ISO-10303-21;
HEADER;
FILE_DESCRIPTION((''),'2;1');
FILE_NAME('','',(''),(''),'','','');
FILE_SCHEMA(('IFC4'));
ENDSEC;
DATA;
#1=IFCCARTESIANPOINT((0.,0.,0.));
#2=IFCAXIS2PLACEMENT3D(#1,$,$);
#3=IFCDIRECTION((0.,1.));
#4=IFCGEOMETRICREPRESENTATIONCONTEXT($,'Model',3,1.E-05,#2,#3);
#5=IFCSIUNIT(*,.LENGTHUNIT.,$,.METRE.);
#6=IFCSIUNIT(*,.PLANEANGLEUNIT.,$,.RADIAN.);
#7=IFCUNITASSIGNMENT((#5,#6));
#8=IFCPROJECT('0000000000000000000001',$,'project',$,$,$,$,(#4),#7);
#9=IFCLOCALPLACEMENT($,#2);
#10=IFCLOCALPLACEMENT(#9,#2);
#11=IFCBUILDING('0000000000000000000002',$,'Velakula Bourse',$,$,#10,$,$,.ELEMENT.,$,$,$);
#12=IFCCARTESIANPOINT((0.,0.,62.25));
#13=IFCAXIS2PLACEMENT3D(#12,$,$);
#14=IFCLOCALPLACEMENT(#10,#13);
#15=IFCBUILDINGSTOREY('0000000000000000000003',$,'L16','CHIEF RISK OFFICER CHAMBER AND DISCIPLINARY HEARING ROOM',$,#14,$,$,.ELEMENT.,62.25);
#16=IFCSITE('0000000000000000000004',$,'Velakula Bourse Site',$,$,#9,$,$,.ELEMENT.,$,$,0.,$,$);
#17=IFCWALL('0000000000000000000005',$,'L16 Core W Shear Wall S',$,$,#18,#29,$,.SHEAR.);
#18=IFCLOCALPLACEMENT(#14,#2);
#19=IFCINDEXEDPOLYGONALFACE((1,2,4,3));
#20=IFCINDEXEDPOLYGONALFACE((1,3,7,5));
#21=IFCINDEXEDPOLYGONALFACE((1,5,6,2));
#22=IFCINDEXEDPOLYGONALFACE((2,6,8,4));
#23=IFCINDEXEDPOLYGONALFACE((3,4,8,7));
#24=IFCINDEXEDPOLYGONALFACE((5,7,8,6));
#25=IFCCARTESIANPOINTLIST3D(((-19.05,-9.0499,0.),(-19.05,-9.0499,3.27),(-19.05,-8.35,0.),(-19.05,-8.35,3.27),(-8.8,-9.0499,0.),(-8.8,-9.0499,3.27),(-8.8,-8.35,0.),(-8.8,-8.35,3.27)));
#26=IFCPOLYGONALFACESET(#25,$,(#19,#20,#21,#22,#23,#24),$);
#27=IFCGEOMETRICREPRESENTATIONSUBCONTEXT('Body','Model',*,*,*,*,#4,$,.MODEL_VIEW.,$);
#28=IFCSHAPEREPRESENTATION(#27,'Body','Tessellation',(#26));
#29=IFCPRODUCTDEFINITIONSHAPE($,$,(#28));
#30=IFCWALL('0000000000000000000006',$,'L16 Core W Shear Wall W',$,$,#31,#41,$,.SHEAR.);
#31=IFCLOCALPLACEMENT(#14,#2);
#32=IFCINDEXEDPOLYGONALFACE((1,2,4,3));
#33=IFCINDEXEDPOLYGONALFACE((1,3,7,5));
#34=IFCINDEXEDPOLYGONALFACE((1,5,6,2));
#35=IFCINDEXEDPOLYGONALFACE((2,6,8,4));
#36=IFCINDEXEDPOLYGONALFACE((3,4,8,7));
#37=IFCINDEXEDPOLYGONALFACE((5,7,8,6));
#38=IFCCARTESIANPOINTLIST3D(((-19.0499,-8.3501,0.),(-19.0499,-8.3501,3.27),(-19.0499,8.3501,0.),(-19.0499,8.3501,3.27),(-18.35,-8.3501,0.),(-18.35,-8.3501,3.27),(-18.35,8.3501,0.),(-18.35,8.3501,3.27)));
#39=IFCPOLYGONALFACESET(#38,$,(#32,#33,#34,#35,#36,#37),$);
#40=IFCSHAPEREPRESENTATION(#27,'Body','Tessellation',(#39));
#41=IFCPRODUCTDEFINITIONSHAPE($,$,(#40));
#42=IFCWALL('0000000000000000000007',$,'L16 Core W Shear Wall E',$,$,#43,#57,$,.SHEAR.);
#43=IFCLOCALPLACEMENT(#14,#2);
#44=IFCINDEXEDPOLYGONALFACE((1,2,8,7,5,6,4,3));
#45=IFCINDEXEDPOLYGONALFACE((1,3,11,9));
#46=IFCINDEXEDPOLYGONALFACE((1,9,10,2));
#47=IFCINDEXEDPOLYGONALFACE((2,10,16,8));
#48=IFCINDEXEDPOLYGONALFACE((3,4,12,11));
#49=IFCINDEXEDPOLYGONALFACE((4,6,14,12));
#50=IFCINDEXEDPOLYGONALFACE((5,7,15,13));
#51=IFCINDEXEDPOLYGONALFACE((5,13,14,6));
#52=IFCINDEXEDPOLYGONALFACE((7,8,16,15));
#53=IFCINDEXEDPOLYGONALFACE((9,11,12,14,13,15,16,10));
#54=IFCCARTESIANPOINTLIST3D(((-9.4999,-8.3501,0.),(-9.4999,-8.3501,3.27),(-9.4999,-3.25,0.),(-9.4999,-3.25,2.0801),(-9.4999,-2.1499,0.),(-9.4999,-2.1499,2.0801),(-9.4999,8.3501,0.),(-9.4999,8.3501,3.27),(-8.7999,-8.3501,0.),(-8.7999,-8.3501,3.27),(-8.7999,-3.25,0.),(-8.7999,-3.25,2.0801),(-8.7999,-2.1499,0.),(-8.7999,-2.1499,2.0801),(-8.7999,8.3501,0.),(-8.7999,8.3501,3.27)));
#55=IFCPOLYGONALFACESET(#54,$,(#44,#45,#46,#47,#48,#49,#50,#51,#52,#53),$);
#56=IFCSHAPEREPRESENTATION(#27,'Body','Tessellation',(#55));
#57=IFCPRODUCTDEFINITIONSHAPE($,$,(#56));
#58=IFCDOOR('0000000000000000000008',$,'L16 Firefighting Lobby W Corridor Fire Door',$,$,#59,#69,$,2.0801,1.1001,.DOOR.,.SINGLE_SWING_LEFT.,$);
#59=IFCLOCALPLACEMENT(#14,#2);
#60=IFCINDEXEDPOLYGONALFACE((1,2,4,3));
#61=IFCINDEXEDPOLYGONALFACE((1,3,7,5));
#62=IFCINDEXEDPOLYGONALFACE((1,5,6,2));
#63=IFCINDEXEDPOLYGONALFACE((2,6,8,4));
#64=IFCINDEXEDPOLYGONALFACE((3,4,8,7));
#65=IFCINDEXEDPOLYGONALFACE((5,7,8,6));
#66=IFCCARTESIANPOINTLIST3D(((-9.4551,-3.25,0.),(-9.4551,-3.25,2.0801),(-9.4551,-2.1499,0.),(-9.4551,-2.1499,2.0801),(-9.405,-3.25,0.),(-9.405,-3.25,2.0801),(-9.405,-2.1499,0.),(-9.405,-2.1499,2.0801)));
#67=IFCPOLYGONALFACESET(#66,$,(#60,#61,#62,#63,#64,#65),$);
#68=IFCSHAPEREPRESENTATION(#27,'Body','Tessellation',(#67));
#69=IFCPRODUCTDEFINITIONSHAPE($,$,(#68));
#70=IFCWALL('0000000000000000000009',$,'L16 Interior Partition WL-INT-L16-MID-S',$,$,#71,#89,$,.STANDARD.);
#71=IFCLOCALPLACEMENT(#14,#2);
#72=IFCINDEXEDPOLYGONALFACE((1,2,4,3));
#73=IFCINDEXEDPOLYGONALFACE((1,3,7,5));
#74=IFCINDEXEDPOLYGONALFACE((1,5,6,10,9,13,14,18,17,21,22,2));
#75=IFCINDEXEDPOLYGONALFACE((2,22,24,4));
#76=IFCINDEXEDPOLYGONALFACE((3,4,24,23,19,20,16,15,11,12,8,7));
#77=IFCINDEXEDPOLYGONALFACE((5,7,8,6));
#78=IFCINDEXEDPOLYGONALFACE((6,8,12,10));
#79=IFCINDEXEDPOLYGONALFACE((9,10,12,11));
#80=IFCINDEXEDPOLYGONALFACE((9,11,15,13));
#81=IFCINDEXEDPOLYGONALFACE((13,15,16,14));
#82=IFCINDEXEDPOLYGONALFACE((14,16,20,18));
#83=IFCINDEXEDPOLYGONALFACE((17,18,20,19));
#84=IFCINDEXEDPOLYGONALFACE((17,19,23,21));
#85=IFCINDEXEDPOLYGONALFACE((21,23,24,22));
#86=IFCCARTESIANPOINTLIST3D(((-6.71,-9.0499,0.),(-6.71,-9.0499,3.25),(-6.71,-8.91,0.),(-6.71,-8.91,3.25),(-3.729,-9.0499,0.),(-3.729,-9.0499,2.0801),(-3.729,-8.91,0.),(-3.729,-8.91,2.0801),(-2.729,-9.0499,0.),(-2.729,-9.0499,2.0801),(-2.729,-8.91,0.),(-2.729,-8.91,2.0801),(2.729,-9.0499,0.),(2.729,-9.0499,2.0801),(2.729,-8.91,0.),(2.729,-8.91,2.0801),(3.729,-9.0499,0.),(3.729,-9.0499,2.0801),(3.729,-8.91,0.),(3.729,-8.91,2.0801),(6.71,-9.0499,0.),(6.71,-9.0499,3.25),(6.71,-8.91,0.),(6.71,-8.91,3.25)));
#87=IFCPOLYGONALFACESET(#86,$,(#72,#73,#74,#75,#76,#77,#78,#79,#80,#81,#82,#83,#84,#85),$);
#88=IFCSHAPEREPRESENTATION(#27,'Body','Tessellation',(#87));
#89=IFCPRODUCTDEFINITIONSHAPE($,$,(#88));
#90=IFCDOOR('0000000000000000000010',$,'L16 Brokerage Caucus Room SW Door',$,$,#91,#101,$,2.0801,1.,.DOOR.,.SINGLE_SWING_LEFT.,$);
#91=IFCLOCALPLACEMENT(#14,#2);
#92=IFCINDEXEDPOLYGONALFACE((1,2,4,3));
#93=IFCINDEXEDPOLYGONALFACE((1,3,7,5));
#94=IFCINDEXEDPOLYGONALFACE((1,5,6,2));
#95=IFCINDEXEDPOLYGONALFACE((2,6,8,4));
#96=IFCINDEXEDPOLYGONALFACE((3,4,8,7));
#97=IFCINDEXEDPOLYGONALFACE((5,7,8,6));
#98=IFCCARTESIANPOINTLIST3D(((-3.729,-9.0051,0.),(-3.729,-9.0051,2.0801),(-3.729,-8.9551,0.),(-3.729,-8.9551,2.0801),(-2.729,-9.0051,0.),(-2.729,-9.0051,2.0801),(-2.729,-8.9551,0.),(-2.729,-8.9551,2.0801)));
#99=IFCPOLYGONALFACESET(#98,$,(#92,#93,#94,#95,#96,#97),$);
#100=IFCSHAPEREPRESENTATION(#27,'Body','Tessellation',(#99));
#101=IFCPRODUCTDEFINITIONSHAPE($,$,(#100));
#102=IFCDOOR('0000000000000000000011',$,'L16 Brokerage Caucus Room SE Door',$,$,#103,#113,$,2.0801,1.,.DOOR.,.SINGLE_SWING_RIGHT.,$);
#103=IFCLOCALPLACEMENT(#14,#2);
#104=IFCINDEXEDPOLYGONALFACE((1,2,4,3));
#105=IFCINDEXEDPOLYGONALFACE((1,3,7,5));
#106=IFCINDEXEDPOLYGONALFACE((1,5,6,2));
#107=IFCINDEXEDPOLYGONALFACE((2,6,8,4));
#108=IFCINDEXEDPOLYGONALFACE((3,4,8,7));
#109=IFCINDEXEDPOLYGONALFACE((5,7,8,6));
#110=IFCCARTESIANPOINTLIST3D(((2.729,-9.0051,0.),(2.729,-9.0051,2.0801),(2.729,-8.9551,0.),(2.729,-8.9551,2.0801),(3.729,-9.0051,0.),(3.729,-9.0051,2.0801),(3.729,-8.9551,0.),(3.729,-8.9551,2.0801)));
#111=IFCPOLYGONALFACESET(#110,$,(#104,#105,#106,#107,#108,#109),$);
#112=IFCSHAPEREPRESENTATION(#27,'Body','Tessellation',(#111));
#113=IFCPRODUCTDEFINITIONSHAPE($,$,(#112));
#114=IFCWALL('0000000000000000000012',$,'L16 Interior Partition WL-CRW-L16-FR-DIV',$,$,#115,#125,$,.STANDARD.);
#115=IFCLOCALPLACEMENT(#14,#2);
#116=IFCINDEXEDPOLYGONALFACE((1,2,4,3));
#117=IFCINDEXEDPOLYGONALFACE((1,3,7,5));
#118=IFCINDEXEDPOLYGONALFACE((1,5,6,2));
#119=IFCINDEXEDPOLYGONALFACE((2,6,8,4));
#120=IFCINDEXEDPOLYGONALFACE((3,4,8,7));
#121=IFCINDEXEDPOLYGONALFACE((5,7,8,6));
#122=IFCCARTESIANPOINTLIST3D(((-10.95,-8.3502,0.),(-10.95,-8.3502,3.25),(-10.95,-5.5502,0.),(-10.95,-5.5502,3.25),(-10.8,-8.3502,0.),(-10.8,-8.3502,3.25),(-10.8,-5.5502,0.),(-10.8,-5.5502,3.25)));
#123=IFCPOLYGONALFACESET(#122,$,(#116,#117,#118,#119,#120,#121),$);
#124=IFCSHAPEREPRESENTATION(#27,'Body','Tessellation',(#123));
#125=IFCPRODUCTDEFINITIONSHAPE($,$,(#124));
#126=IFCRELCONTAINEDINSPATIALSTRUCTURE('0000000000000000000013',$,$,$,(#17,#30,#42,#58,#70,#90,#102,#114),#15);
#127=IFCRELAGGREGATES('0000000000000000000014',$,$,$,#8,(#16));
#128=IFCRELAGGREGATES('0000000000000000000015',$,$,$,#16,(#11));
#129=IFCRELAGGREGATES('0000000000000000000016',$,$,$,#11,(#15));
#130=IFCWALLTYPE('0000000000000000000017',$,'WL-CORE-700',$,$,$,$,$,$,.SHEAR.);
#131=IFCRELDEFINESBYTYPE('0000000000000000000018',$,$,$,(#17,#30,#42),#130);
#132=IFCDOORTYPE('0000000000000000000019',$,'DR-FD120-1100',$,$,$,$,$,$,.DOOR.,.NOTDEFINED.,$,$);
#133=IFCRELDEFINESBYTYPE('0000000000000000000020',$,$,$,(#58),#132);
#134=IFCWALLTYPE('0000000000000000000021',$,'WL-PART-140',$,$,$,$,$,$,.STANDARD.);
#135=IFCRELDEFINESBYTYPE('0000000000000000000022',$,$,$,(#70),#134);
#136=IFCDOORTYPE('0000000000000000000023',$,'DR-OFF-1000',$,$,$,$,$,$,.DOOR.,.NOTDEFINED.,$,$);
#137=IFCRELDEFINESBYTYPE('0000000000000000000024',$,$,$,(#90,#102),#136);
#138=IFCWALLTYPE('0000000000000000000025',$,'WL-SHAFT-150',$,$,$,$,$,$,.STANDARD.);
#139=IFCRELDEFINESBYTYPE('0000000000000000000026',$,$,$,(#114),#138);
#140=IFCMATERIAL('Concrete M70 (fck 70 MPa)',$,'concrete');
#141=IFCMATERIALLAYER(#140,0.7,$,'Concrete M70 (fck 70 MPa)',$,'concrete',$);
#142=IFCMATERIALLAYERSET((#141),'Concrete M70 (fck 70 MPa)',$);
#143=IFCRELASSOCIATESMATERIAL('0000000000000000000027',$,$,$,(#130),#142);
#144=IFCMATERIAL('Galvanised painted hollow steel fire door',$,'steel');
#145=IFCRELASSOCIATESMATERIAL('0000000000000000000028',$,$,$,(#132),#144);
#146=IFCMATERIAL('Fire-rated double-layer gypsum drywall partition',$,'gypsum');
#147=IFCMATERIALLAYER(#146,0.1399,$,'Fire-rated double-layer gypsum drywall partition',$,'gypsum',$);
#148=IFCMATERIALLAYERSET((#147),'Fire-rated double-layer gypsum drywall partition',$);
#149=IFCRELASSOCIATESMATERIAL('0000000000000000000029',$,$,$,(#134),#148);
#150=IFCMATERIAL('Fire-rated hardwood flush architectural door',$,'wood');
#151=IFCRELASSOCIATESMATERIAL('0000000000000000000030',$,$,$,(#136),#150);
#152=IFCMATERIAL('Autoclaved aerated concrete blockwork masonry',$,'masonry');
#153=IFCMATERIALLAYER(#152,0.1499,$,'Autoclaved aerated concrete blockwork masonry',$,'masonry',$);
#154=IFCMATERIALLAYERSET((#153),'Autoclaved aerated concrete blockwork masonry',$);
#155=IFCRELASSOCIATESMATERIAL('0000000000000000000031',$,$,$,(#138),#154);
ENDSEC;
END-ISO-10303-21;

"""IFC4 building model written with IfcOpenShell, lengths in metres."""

from ifc_helpers import new_model, si_unit, direction, frame, frame_2d, origin, place, context, subcontext, project, spatial, rectangle, extrude, material, layer, layer_set, type_object, element, fill, save


model = new_model("IFC4")

# Units and contexts
model_context = context("Model", 3, precision=1e-05, world=origin(), true_north=direction((0.0, 1.0)))
body_context = subcontext(model_context, "Body", "Model", "MODEL_VIEW")
ifc_project = project(units=[si_unit("LENGTHUNIT", "METRE"), si_unit("PLANEANGLEUNIT", "RADIAN")], contexts=[model_context])

# Site, building, storey
site_placement = place(None, origin())
site = spatial("IfcSite", under=ifc_project, at=site_placement, Name="Velakula Bourse Site", CompositionType="ELEMENT", RefElevation=0.0)
building_placement = place(site_placement, origin())
building = spatial("IfcBuilding", under=site, at=building_placement, Name="Velakula Bourse", CompositionType="ELEMENT")
storey_placement = place(building_placement, frame((0.0, 0.0, 62.25)))
storey = spatial("IfcBuildingStorey", under=building, at=storey_placement, Name="L16", Description="CHIEF RISK OFFICER CHAMBER AND DISCIPLINARY HEARING ROOM", CompositionType="ELEMENT", Elevation=62.25)

# Shared definitions
ifc_material_1 = material(Name="Concrete M70 (fck 70 MPa)", Category="concrete")

# Shared definitions
ifc_material_2 = material(Name="Galvanised painted hollow steel fire door", Category="steel")

# Walls
ifc_layer_1 = layer(ifc_material_1, 0.7, Name="Concrete M70 (fck 70 MPa)", Category="concrete")
ifc_layer_set_1 = layer_set([ifc_layer_1], Name="Concrete M70 (fck 70 MPa)")
wall_type_1 = type_object("IfcWallType", Name="WL-CORE-700", PredefinedType="SHEAR", material=ifc_layer_set_1)
wall_1_placement = place(storey_placement, frame((-19.05, -8.7, 0.0), z_axis=(0.0, 0.0, 1.0), x_axis=(1.0, 0.0, 0.0)))
element("IfcWall", 1, at=wall_1_placement, inside=storey, type_object=wall_type_1, Name="L16 Core W Shear Wall S", PredefinedType="SHEAR", context=body_context, shape_type="SweptSolid", body=[
    extrude(rectangle(XDim=10.25, YDim=0.7, at=frame_2d((5.125, 0.0))), origin(), (0.0, 0.0, 1.0), 3.27),
])
wall_2_placement = place(storey_placement, frame((-18.7, -8.3501, 0.0), z_axis=(0.0, 0.0, 1.0), x_axis=(0.0, 1.0, 0.0)))
element("IfcWall", 2, at=wall_2_placement, inside=storey, type_object=wall_type_1, Name="L16 Core W Shear Wall W", PredefinedType="SHEAR", context=body_context, shape_type="SweptSolid", body=[
    extrude(rectangle(XDim=16.7002, YDim=0.7, at=frame_2d((8.3501, 0.0))), origin(), (0.0, 0.0, 1.0), 3.27),
])

# Wall, opening, door
wall_3_placement = place(storey_placement, frame((-9.1499, -8.3501, 0.0), z_axis=(0.0, 0.0, 1.0), x_axis=(0.0, 1.0, 0.0)))
wall_3 = element("IfcWall", 3, at=wall_3_placement, inside=storey, type_object=wall_type_1, Name="L16 Core W Shear Wall E", PredefinedType="SHEAR", context=body_context, shape_type="SweptSolid", body=[
    extrude(rectangle(XDim=16.7002, YDim=0.7, at=frame_2d((8.3501, 0.0))), origin(), (0.0, 0.0, 1.0), 3.27),
])
opening_1_placement = place(wall_3_placement, frame((5.1001, 0.0, 0.0)))
opening_1 = element("IfcOpeningElement", 4, at=opening_1_placement, cuts=wall_3, PredefinedType="OPENING", context=body_context, shape_type="SweptSolid", body=[
    extrude(rectangle(XDim=1.1001, YDim=2.0801, at=frame_2d((0.55, 1.04))), frame((0.0, 0.3599, 0.0), z_axis=(0.0, -1.0, 0.0), x_axis=(1.0, 0.0, 0.0)), (0.0, 0.0, 1.0), 0.72),
])
door_type_1 = type_object("IfcDoorType", Name="DR-FD120-1100", OperationType="NOTDEFINED", PredefinedType="DOOR", material=ifc_material_2)
door_1_placement = place(opening_1_placement, origin())
door_1 = element("IfcDoor", 5, at=door_1_placement, inside=storey, type_object=door_type_1, Name="L16 Firefighting Lobby W Corridor Fire Door", OperationType="SINGLE_SWING_LEFT", OverallHeight=2.0801, OverallWidth=1.1001, PredefinedType="DOOR", context=body_context, shape_type="SweptSolid", body=[
    extrude(rectangle(XDim=1.1001, YDim=2.0801, at=frame_2d((0.55, 1.04))), frame((0.0, 0.3052, 0.0), z_axis=(0.0, -1.0, 0.0), x_axis=(1.0, 0.0, 0.0)), (0.0, 0.0, 1.0), 0.05),
])
fill(opening_1, door_1)

# Wall, openings, doors
ifc_material_3 = material(Name="Fire-rated double-layer gypsum drywall partition", Category="gypsum")
ifc_layer_2 = layer(ifc_material_3, 0.1399, Name="Fire-rated double-layer gypsum drywall partition", Category="gypsum")
ifc_layer_set_2 = layer_set([ifc_layer_2], Name="Fire-rated double-layer gypsum drywall partition")
wall_type_2 = type_object("IfcWallType", Name="WL-PART-140", PredefinedType="STANDARD", material=ifc_layer_set_2)
wall_4_placement = place(storey_placement, frame((-6.71, -8.98, 0.0), z_axis=(0.0, 0.0, 1.0), x_axis=(1.0, 0.0, 0.0)))
wall_4 = element("IfcWall", 6, at=wall_4_placement, inside=storey, type_object=wall_type_2, Name="L16 Interior Partition WL-INT-L16-MID-S", PredefinedType="STANDARD", context=body_context, shape_type="SweptSolid", body=[
    extrude(rectangle(XDim=13.4199, YDim=0.1399, at=frame_2d((6.71, 0.0))), origin(), (0.0, 0.0, 1.0), 3.25),
])
opening_2_placement = place(wall_4_placement, frame((2.981, 0.0, 0.0)))
opening_2 = element("IfcOpeningElement", 7, at=opening_2_placement, cuts=wall_4, PredefinedType="OPENING", context=body_context, shape_type="SweptSolid", body=[
    extrude(rectangle(XDim=1.0, YDim=2.0801, at=frame_2d((0.5, 1.04))), frame((0.0, 0.0798, 0.0), z_axis=(0.0, -1.0, 0.0), x_axis=(1.0, 0.0, 0.0)), (0.0, 0.0, 1.0), 0.1599),
])
opening_3_placement = place(wall_4_placement, frame((9.439, 0.0, 0.0)))
opening_3 = element("IfcOpeningElement", 8, at=opening_3_placement, cuts=wall_4, PredefinedType="OPENING", context=body_context, shape_type="SweptSolid", body=[
    extrude(rectangle(XDim=1.0, YDim=2.0801, at=frame_2d((0.5, 1.04))), frame((0.0, 0.0798, 0.0), z_axis=(0.0, -1.0, 0.0), x_axis=(1.0, 0.0, 0.0)), (0.0, 0.0, 1.0), 0.1599),
])
ifc_material_4 = material(Name="Fire-rated hardwood flush architectural door", Category="wood")
door_type_2 = type_object("IfcDoorType", Name="DR-OFF-1000", OperationType="NOTDEFINED", PredefinedType="DOOR", material=ifc_material_4)
door_2_placement = place(opening_2_placement, origin())
door_2 = element("IfcDoor", 9, at=door_2_placement, inside=storey, type_object=door_type_2, Name="L16 Brokerage Caucus Room SW Door", OperationType="SINGLE_SWING_LEFT", OverallHeight=2.0801, OverallWidth=1.0, PredefinedType="DOOR", context=body_context, shape_type="SweptSolid", body=[
    extrude(rectangle(XDim=1.0, YDim=2.0801, at=frame_2d((0.5, 1.04))), frame((0.0, 0.0249, 0.0), z_axis=(0.0, -1.0, 0.0), x_axis=(1.0, 0.0, 0.0)), (0.0, 0.0, 1.0), 0.05),
])
fill(opening_2, door_2)
door_3_placement = place(opening_3_placement, origin())
door_3 = element("IfcDoor", 10, at=door_3_placement, inside=storey, type_object=door_type_2, Name="L16 Brokerage Caucus Room SE Door", OperationType="SINGLE_SWING_RIGHT", OverallHeight=2.0801, OverallWidth=1.0, PredefinedType="DOOR", context=body_context, shape_type="SweptSolid", body=[
    extrude(rectangle(XDim=1.0, YDim=2.0801, at=frame_2d((0.5, 1.04))), frame((0.0, 0.0249, 0.0), z_axis=(0.0, -1.0, 0.0), x_axis=(1.0, 0.0, 0.0)), (0.0, 0.0, 1.0), 0.05),
])
fill(opening_3, door_3)
ifc_material_5 = material(Name="Autoclaved aerated concrete blockwork masonry", Category="masonry")
ifc_layer_3 = layer(ifc_material_5, 0.1499, Name="Autoclaved aerated concrete blockwork masonry", Category="masonry")
ifc_layer_set_3 = layer_set([ifc_layer_3], Name="Autoclaved aerated concrete blockwork masonry")
wall_type_3 = type_object("IfcWallType", Name="WL-SHAFT-150", PredefinedType="STANDARD", material=ifc_layer_set_3)

# Wall
wall_5_placement = place(storey_placement, frame((-10.875, -8.3501, 0.0), z_axis=(0.0, 0.0, 1.0), x_axis=(0.0, 1.0, 0.0)))
element("IfcWall", 11, at=wall_5_placement, inside=storey, type_object=wall_type_3, Name="L16 Interior Partition WL-CRW-L16-FR-DIV", PredefinedType="STANDARD", context=body_context, shape_type="SweptSolid", body=[
    extrude(rectangle(XDim=2.8, YDim=0.1499, at=frame_2d((1.3999, 0.0))), origin(), (0.0, 0.0, 1.0), 3.25),
])

save(model, "model.ifc")
